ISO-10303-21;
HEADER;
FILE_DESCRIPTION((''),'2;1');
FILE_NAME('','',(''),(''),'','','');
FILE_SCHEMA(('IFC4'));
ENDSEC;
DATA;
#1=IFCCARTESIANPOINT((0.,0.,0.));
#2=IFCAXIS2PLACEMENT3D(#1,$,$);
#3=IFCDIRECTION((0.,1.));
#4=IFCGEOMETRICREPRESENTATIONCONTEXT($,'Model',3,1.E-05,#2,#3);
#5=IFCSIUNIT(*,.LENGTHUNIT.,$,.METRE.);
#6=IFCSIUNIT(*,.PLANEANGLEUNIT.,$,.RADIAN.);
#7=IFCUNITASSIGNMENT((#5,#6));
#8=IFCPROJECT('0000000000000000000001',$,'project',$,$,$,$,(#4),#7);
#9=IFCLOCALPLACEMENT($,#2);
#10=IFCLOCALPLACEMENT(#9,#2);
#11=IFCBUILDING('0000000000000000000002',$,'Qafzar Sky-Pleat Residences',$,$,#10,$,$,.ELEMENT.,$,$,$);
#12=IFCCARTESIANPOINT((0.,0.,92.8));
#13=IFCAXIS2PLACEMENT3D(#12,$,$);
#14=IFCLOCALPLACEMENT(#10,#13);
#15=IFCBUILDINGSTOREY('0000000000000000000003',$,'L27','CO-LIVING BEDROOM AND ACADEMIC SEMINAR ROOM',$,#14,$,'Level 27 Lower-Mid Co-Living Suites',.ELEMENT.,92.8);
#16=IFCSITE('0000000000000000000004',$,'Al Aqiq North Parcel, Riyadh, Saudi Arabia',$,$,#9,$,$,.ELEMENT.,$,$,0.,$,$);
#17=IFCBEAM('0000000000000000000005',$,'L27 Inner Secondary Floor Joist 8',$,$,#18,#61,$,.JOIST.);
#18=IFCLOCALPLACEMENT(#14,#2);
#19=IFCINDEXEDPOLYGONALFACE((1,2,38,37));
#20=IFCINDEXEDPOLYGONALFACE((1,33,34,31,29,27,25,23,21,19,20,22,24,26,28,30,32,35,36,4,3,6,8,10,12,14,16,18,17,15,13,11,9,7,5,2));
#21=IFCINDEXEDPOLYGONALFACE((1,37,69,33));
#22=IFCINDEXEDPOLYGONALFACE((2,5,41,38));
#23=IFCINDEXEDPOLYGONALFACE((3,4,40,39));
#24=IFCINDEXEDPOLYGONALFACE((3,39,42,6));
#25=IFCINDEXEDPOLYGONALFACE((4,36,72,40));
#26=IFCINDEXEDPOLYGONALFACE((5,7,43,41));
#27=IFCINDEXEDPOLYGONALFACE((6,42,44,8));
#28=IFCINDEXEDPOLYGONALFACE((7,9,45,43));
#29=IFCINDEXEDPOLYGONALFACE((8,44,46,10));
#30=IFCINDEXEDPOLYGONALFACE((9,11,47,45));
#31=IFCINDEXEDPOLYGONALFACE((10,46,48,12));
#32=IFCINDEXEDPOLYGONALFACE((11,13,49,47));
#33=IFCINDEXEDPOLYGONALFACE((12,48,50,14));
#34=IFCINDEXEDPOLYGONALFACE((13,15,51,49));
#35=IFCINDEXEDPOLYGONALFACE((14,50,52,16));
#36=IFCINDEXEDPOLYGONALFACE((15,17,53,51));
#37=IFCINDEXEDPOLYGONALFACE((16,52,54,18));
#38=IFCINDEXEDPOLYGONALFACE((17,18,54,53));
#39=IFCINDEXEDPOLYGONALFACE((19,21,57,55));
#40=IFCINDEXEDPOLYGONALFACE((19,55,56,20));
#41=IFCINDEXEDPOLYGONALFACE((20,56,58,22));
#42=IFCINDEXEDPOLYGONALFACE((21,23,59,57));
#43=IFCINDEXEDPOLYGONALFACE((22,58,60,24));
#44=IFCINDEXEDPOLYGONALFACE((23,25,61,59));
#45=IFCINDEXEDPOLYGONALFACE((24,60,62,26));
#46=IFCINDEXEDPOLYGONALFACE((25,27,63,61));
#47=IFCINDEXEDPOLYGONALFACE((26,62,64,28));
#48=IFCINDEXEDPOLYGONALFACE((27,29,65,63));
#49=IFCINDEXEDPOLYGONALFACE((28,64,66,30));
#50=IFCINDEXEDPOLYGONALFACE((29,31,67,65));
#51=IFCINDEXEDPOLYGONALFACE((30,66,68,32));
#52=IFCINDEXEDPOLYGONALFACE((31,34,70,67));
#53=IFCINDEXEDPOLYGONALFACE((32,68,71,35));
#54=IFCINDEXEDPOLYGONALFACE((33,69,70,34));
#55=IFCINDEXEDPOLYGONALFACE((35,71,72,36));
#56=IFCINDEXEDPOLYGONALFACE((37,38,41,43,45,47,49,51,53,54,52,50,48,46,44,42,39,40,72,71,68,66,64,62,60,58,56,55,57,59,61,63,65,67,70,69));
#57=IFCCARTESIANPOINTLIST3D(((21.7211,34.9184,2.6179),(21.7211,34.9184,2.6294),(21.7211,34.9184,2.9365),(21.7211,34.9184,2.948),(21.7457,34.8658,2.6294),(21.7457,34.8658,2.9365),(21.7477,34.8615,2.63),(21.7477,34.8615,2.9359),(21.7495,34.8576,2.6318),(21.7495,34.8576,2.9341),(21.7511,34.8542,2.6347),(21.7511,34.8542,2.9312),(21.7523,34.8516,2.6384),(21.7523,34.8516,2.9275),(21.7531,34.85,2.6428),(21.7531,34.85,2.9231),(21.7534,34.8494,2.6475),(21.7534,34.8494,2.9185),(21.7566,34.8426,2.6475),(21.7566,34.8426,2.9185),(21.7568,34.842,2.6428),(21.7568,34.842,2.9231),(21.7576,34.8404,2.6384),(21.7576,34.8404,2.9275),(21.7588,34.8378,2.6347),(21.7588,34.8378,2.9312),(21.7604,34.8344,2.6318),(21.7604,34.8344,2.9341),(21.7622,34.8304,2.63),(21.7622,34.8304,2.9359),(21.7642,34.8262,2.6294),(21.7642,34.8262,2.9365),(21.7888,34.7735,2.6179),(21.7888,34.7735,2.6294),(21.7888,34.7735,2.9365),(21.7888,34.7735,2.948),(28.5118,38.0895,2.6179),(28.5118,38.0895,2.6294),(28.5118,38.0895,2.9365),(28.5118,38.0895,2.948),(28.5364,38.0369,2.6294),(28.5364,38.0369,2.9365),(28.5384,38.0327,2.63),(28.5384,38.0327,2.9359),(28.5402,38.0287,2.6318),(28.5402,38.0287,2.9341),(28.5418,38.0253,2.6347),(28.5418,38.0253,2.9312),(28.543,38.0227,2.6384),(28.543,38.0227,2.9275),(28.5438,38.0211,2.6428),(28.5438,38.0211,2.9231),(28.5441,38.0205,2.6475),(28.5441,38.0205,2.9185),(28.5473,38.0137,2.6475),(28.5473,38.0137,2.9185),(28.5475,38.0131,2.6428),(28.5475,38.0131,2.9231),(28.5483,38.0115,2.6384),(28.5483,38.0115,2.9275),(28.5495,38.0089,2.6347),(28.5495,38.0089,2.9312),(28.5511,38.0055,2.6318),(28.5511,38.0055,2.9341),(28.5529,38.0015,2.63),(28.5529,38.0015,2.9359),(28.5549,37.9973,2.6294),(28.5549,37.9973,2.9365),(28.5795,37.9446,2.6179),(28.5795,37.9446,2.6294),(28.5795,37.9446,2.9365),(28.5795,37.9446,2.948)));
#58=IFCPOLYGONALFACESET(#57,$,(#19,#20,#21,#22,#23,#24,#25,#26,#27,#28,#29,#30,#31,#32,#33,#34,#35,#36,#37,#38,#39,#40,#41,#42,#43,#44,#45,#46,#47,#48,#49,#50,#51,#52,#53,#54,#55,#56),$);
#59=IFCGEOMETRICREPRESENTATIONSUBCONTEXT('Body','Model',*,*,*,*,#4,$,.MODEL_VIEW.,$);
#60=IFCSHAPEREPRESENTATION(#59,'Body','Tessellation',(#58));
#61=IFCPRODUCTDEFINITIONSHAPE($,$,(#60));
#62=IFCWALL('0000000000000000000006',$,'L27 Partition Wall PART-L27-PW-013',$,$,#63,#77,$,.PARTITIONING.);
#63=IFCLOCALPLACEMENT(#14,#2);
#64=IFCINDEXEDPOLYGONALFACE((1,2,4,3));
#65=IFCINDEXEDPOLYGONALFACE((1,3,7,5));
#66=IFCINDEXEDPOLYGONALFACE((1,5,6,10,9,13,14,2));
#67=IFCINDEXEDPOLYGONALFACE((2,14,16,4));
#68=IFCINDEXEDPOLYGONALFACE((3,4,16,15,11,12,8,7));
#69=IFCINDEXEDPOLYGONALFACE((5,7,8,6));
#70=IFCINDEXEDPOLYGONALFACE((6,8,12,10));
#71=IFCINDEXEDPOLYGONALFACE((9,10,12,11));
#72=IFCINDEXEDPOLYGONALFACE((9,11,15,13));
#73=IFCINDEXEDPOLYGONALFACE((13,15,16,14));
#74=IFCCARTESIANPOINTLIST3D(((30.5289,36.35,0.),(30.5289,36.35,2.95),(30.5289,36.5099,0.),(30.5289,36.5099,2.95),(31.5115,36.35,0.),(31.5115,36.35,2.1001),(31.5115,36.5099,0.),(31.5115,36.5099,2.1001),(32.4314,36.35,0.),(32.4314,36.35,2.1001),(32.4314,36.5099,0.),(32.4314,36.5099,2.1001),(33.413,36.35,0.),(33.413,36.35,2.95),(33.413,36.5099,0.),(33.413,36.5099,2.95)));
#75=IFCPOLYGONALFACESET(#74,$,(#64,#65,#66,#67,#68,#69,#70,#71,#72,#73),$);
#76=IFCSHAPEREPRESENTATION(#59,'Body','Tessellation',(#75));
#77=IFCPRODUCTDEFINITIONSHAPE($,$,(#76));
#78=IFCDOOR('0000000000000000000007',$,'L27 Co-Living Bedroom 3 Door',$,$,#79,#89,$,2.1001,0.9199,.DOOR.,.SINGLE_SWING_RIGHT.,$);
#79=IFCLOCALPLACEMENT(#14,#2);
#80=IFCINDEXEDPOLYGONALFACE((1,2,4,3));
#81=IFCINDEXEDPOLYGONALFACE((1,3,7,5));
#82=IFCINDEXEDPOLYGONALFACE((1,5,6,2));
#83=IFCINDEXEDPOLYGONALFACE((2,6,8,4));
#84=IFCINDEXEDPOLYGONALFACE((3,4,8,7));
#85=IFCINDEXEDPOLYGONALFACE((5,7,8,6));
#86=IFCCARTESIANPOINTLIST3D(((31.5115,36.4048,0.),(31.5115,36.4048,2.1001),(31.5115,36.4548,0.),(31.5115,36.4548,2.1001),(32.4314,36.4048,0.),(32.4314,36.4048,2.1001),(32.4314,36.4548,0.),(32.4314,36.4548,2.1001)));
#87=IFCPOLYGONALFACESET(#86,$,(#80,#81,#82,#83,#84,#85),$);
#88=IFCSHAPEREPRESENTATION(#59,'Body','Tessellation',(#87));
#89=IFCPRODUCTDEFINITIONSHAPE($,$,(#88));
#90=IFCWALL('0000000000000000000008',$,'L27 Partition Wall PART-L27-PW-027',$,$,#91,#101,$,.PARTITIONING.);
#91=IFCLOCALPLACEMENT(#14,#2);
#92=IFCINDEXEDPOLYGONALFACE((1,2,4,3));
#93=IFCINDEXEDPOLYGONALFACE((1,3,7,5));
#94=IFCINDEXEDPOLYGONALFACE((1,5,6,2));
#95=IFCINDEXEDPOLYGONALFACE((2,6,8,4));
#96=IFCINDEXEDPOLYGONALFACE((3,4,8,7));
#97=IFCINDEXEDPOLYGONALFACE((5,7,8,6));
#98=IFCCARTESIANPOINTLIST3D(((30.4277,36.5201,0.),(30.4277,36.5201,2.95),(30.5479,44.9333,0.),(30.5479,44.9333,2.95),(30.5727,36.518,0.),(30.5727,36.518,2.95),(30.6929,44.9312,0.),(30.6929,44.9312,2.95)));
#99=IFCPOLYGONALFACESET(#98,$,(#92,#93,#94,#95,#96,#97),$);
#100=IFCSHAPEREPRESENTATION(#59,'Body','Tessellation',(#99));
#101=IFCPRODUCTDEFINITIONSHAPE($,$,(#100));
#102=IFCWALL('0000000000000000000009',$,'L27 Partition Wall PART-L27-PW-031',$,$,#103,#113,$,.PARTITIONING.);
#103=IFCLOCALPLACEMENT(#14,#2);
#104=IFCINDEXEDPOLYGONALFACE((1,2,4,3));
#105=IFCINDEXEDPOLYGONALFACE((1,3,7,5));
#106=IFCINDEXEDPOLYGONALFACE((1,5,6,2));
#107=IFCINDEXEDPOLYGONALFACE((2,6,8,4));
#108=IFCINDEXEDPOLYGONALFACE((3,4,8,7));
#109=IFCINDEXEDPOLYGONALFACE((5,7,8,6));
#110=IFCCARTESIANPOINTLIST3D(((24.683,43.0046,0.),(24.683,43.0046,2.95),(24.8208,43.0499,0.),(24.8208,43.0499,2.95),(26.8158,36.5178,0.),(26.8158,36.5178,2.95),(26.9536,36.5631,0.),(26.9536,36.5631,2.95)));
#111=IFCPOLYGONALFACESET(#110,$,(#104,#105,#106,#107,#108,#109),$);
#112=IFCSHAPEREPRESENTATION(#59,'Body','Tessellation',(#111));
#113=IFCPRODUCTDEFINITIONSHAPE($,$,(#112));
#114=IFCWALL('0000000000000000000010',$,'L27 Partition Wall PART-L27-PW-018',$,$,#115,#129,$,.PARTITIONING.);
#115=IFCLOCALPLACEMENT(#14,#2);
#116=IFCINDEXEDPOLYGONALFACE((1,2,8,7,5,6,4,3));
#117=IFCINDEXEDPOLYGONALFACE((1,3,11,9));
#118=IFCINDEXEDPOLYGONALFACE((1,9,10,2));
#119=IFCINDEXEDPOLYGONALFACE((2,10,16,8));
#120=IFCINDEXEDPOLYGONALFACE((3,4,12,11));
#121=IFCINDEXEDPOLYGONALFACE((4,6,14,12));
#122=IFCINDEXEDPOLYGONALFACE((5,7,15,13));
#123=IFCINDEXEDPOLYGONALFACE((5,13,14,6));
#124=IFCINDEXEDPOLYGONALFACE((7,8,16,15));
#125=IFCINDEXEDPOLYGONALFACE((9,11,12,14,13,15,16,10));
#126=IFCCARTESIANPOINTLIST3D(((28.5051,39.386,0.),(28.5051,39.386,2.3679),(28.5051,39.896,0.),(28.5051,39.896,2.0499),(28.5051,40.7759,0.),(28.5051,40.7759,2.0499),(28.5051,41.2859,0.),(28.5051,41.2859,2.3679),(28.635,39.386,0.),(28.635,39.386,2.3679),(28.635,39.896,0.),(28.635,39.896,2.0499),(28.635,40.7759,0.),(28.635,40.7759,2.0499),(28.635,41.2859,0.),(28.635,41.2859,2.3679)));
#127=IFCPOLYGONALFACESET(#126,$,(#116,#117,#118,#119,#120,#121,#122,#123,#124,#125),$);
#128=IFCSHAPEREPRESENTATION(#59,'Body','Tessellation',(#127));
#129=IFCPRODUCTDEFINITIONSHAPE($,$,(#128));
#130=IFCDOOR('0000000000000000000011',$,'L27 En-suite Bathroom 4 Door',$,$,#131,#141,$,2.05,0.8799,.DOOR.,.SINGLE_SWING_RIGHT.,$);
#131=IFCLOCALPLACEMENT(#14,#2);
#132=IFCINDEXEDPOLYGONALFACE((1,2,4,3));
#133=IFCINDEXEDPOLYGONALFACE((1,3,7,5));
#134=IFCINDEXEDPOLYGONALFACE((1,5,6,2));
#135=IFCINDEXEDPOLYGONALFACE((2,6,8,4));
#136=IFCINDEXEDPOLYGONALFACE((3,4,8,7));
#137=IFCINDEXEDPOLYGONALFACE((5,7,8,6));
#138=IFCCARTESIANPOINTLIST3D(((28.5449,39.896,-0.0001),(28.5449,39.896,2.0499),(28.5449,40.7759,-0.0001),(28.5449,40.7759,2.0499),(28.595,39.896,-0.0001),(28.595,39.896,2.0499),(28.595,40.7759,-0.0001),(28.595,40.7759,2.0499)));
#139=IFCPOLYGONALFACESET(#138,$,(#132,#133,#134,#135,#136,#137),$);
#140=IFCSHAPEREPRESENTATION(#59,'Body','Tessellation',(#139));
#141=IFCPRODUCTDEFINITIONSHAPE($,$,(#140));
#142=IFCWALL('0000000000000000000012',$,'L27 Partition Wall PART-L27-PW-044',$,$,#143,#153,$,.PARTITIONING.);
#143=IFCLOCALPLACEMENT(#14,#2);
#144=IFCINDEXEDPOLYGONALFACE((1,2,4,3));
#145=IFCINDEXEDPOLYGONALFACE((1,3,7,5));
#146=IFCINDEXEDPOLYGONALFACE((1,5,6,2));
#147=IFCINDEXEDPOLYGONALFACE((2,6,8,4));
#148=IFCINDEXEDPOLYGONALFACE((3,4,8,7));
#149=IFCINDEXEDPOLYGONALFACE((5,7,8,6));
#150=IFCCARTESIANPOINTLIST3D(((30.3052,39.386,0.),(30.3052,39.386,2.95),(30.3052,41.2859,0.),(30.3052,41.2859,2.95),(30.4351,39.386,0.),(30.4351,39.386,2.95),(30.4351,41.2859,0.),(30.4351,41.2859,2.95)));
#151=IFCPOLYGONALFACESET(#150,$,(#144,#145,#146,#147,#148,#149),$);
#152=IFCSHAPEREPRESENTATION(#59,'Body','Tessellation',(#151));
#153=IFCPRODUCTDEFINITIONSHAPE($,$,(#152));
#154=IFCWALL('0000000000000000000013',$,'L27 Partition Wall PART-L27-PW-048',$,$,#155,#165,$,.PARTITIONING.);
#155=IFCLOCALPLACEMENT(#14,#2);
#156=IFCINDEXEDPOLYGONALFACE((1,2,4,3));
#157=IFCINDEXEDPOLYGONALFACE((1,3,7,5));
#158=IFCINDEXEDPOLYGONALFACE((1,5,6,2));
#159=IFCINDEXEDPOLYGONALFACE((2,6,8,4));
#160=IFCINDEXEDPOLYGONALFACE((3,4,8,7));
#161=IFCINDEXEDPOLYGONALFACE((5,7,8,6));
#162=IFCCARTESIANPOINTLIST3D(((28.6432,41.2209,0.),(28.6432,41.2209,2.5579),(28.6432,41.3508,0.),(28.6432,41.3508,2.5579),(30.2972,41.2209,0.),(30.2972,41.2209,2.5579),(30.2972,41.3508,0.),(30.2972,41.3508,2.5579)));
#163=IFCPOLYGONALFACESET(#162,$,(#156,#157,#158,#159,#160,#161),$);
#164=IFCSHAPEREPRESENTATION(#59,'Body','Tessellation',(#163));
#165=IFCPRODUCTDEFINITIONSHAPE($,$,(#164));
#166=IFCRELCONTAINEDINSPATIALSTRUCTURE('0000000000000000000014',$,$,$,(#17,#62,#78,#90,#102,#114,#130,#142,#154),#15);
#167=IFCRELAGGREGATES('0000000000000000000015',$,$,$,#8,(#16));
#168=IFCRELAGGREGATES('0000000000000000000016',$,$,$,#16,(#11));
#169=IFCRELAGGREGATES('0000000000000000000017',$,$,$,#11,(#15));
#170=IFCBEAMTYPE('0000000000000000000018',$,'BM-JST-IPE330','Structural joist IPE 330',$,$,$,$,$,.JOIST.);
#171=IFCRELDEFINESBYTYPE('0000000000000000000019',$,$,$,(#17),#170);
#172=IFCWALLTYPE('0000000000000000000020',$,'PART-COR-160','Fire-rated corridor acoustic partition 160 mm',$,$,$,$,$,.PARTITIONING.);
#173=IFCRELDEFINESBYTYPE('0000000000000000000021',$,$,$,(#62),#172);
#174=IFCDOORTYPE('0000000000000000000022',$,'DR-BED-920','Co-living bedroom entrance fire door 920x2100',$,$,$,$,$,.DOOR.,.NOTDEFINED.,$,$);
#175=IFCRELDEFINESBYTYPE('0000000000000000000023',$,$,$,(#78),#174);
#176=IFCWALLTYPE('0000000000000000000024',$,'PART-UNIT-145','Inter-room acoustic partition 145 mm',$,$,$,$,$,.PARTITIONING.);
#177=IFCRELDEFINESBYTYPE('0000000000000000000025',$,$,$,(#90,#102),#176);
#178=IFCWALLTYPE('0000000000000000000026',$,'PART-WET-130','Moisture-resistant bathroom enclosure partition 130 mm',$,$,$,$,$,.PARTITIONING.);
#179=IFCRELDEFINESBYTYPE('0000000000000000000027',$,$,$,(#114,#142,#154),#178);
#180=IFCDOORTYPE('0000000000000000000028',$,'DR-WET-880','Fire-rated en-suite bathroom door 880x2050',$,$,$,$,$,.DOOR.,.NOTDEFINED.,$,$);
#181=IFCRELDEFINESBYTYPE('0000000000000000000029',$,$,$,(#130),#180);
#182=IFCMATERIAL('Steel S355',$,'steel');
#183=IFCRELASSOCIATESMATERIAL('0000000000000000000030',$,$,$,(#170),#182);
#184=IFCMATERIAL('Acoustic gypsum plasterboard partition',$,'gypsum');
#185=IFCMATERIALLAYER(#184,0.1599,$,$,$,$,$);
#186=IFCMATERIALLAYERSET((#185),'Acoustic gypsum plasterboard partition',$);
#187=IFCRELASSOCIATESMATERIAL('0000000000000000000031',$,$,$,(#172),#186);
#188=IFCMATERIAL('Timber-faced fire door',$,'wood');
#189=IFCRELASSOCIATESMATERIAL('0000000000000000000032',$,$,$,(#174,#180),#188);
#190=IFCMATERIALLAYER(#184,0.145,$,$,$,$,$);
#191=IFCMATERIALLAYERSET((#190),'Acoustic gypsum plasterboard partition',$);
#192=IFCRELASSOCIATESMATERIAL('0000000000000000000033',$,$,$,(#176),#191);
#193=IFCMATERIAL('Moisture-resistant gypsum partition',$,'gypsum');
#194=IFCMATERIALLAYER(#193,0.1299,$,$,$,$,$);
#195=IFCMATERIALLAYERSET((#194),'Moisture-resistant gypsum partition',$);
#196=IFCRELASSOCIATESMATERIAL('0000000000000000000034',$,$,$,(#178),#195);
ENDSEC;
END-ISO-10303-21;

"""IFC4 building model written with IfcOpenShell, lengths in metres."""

from ifc_helpers import new_model, si_unit, direction, frame, frame_2d, origin, origin_2d, place, context, subcontext, project, spatial, rectangle, i_section, extrude, source, transform, mapped, material, layer, layer_set, material_profile, profile_set, type_object, element, fill, save


model = new_model("IFC4")

# Units and contexts
model_context = context("Model", 3, precision=1e-05, world=origin(), true_north=direction((0.0, 1.0)))
body_context = subcontext(model_context, "Body", "Model", "MODEL_VIEW")
ifc_project = project(units=[si_unit("LENGTHUNIT", "METRE"), si_unit("PLANEANGLEUNIT", "RADIAN")], contexts=[model_context])

# Site, building, storey
site_placement = place(None, origin())
site = spatial("IfcSite", under=ifc_project, at=site_placement, Name="Al Aqiq North Parcel, Riyadh, Saudi Arabia", CompositionType="ELEMENT", RefElevation=0.0)
building_placement = place(site_placement, origin())
building = spatial("IfcBuilding", under=site, at=building_placement, Name="Qafzar Sky-Pleat Residences", CompositionType="ELEMENT")
storey_placement = place(building_placement, frame((0.0, 0.0, 92.8)))
storey = spatial("IfcBuildingStorey", under=building, at=storey_placement, Name="L27", Description="CO-LIVING BEDROOM AND ACADEMIC SEMINAR ROOM", LongName="Level 27 Lower-Mid Co-Living Suites", CompositionType="ELEMENT", Elevation=92.8)

# Beam
ifc_material_1 = material(Name="Steel S355", Category="steel")
ifc_material_profile_1 = material_profile(ifc_material_1, i_section(OverallWidth=0.1599, OverallDepth=0.3301, WebThickness=0.0076, FlangeThickness=0.0115, FilletRadius=0.0181, at=origin_2d()), Name="IPE 330")
ifc_profile_set_1 = profile_set([ifc_material_profile_1], Name="Steel S355")
beam_type_1 = type_object("IfcBeamType", Name="BM-JST-IPE330", Description="Structural joist IPE 330", PredefinedType="JOIST", material=ifc_profile_set_1)
shared_shape_1 = source(origin(), body_context, "Body", "SweptSolid", [
    extrude(i_section(OverallWidth=0.1599, OverallDepth=0.3301, WebThickness=0.0076, FlangeThickness=0.0115, FilletRadius=0.0181, at=origin_2d()), origin(), (0.0, 0.0, 1.0), 7.4946),
])
beam_1_placement = place(storey_placement, frame((28.5457, 38.0171, 2.783), z_axis=(-0.906075, -0.423117, 0.0), x_axis=(0.423117, -0.906075, 0.0)))
element("IfcBeam", 1, at=beam_1_placement, inside=storey, type_object=beam_type_1, Name="L27 Inner Secondary Floor Joist 8", PredefinedType="JOIST", context=body_context, shape_type="MappedRepresentation", body=[
    mapped(shared_shape_1, transform((0.0, 0.0, 0.0), x_axis=(1.0, 0.0, 0.0), y_axis=(0.0, 1.0, 0.0), z_axis=(0.0, 0.0, 1.0), scale=1.0)),
])

# Wall, opening, door
ifc_material_2 = material(Name="Acoustic gypsum plasterboard partition", Category="gypsum")
ifc_layer_1 = layer(ifc_material_2, 0.1599)
ifc_layer_set_1 = layer_set([ifc_layer_1], Name="Acoustic gypsum plasterboard partition")
wall_type_1 = type_object("IfcWallType", Name="PART-COR-160", Description="Fire-rated corridor acoustic partition 160 mm", PredefinedType="PARTITIONING", material=ifc_layer_set_1)
wall_1_placement = place(storey_placement, frame((30.5291, 36.4299, 0.0), z_axis=(0.0, 0.0, 1.0), x_axis=(1.0, 0.0, 0.0)))
wall_1 = element("IfcWall", 2, at=wall_1_placement, inside=storey, type_object=wall_type_1, Name="L27 Partition Wall PART-L27-PW-013", PredefinedType="PARTITIONING", context=body_context, shape_type="SweptSolid", body=[
    extrude(rectangle(XDim=2.884, YDim=0.1599, at=frame_2d((1.4419, 0.0))), origin(), (0.0, 0.0, 1.0), 2.95),
])
opening_1_placement = place(wall_1_placement, frame((0.9824, 0.0, 0.0)))
opening_1 = element("IfcOpeningElement", 3, at=opening_1_placement, cuts=wall_1, PredefinedType="OPENING", context=body_context, shape_type="SweptSolid", body=[
    extrude(rectangle(XDim=0.9199, YDim=2.1001, at=frame_2d((0.46, 1.05))), frame((0.0, 0.0898, 0.0), z_axis=(0.0, -1.0, 0.0), x_axis=(1.0, 0.0, 0.0)), (0.0, 0.0, 1.0), 0.1799),
])
ifc_material_3 = material(Name="Timber-faced fire door", Category="wood")
door_type_1 = type_object("IfcDoorType", Name="DR-BED-920", Description="Co-living bedroom entrance fire door 920x2100", OperationType="NOTDEFINED", PredefinedType="DOOR", material=ifc_material_3)
shared_shape_2 = source(origin(), body_context, "Body", "SweptSolid", [
    extrude(rectangle(XDim=0.9199, YDim=2.1001, at=frame_2d((0.46, 1.05))), frame((0.0, 0.0249, 0.0), z_axis=(0.0, -1.0, 0.0), x_axis=(1.0, 0.0, 0.0)), (0.0, 0.0, 1.0), 0.05),
])
door_1_placement = place(opening_1_placement, origin())
door_1 = element("IfcDoor", 4, at=door_1_placement, inside=storey, type_object=door_type_1, Name="L27 Co-Living Bedroom 3 Door", OperationType="SINGLE_SWING_RIGHT", OverallHeight=2.1001, OverallWidth=0.9199, PredefinedType="DOOR", context=body_context, shape_type="MappedRepresentation", body=[
    mapped(shared_shape_2, transform((0.0, 0.0, 0.0), x_axis=(1.0, 0.0, 0.0), y_axis=(0.0, 1.0, 0.0), z_axis=(0.0, 0.0, 1.0), scale=1.0)),
])
fill(opening_1, door_1)

# Walls
ifc_layer_2 = layer(ifc_material_2, 0.145)
ifc_layer_set_2 = layer_set([ifc_layer_2], Name="Acoustic gypsum plasterboard partition")
wall_type_2 = type_object("IfcWallType", Name="PART-UNIT-145", Description="Inter-room acoustic partition 145 mm", PredefinedType="PARTITIONING", material=ifc_layer_set_2)
wall_2_placement = place(storey_placement, frame((30.5002, 36.519, 0.0), z_axis=(0.0, 0.0, 1.0), x_axis=(0.014276, 0.999898, 0.0)))
element("IfcWall", 5, at=wall_2_placement, inside=storey, type_object=wall_type_2, Name="L27 Partition Wall PART-L27-PW-027", PredefinedType="PARTITIONING", context=body_context, shape_type="SweptSolid", body=[
    extrude(rectangle(XDim=8.4141, YDim=0.145, at=frame_2d((4.207, 0.0))), origin(), (0.0, 0.0, 1.0), 2.95),
])
wall_3_placement = place(storey_placement, frame((24.752, 43.0271, 0.0), z_axis=(0.0, 0.0, 1.0), x_axis=(0.312342, -0.94997, 0.0)))
element("IfcWall", 6, at=wall_3_placement, inside=storey, type_object=wall_type_2, Name="L27 Partition Wall PART-L27-PW-031", PredefinedType="PARTITIONING", context=body_context, shape_type="SweptSolid", body=[
    extrude(rectangle(XDim=6.8284, YDim=0.145, at=frame_2d((3.4141, 0.0))), origin(), (0.0, 0.0, 1.0), 2.95),
])

# Wall, opening, door
ifc_material_4 = material(Name="Moisture-resistant gypsum partition", Category="gypsum")
ifc_layer_3 = layer(ifc_material_4, 0.1299)
ifc_layer_set_3 = layer_set([ifc_layer_3], Name="Moisture-resistant gypsum partition")
wall_type_3 = type_object("IfcWallType", Name="PART-WET-130", Description="Moisture-resistant bathroom enclosure partition 130 mm", PredefinedType="PARTITIONING", material=ifc_layer_set_3)
wall_4_placement = place(storey_placement, frame((28.5701, 41.2859, 0.0), z_axis=(0.0, 0.0, 1.0), x_axis=(0.0, -1.0, 0.0)))
wall_4 = element("IfcWall", 7, at=wall_4_placement, inside=storey, type_object=wall_type_3, Name="L27 Partition Wall PART-L27-PW-018", PredefinedType="PARTITIONING", context=body_context, shape_type="SweptSolid", body=[
    extrude(rectangle(XDim=1.8999, YDim=0.1299, at=frame_2d((0.95, 0.0))), origin(), (0.0, 0.0, 1.0), 2.3679),
])
opening_2_placement = place(wall_4_placement, frame((0.51, 0.0, 0.0)))
opening_2 = element("IfcOpeningElement", 8, at=opening_2_placement, cuts=wall_4, PredefinedType="OPENING", context=body_context, shape_type="SweptSolid", body=[
    extrude(rectangle(XDim=0.8799, YDim=2.05, at=frame_2d((0.4399, 1.0249))), frame((0.0, 0.075, 0.0), z_axis=(0.0, -1.0, 0.0), x_axis=(1.0, 0.0, 0.0)), (0.0, 0.0, 1.0), 0.1499),
])
door_type_2 = type_object("IfcDoorType", Name="DR-WET-880", Description="Fire-rated en-suite bathroom door 880x2050", OperationType="NOTDEFINED", PredefinedType="DOOR", material=ifc_material_3)
shared_shape_3 = source(origin(), body_context, "Body", "SweptSolid", [
    extrude(rectangle(XDim=0.8799, YDim=2.05, at=frame_2d((0.4399, 1.0249))), frame((0.0, 0.0249, 0.0), z_axis=(0.0, -1.0, 0.0), x_axis=(1.0, 0.0, 0.0)), (0.0, 0.0, 1.0), 0.05),
])
door_2_placement = place(opening_2_placement, origin())
door_2 = element("IfcDoor", 9, at=door_2_placement, inside=storey, type_object=door_type_2, Name="L27 En-suite Bathroom 4 Door", OperationType="SINGLE_SWING_RIGHT", OverallHeight=2.05, OverallWidth=0.8799, PredefinedType="DOOR", context=body_context, shape_type="MappedRepresentation", body=[
    mapped(shared_shape_3, transform((0.0, 0.0, 0.0), x_axis=(1.0, 0.0, 0.0), y_axis=(0.0, 1.0, 0.0), z_axis=(0.0, 0.0, 1.0), scale=1.0)),
])
fill(opening_2, door_2)

# Walls
wall_5_placement = place(storey_placement, frame((30.3701, 39.386, 0.0), z_axis=(0.0, 0.0, 1.0), x_axis=(0.0, 1.0, 0.0)))
element("IfcWall", 10, at=wall_5_placement, inside=storey, type_object=wall_type_3, Name="L27 Partition Wall PART-L27-PW-044", PredefinedType="PARTITIONING", context=body_context, shape_type="SweptSolid", body=[
    extrude(rectangle(XDim=1.8999, YDim=0.1299, at=frame_2d((0.95, 0.0))), origin(), (0.0, 0.0, 1.0), 2.95),
])
wall_6_placement = place(storey_placement, frame((28.6431, 41.2859, 0.0), z_axis=(0.0, 0.0, 1.0), x_axis=(1.0, 0.0, 0.0)))
element("IfcWall", 11, at=wall_6_placement, inside=storey, type_object=wall_type_3, Name="L27 Partition Wall PART-L27-PW-048", PredefinedType="PARTITIONING", context=body_context, shape_type="SweptSolid", body=[
    extrude(rectangle(XDim=1.6541, YDim=0.1299, at=frame_2d((0.8271, 0.0))), origin(), (0.0, 0.0, 1.0), 2.5579),
])

save(model, "model.ifc")
